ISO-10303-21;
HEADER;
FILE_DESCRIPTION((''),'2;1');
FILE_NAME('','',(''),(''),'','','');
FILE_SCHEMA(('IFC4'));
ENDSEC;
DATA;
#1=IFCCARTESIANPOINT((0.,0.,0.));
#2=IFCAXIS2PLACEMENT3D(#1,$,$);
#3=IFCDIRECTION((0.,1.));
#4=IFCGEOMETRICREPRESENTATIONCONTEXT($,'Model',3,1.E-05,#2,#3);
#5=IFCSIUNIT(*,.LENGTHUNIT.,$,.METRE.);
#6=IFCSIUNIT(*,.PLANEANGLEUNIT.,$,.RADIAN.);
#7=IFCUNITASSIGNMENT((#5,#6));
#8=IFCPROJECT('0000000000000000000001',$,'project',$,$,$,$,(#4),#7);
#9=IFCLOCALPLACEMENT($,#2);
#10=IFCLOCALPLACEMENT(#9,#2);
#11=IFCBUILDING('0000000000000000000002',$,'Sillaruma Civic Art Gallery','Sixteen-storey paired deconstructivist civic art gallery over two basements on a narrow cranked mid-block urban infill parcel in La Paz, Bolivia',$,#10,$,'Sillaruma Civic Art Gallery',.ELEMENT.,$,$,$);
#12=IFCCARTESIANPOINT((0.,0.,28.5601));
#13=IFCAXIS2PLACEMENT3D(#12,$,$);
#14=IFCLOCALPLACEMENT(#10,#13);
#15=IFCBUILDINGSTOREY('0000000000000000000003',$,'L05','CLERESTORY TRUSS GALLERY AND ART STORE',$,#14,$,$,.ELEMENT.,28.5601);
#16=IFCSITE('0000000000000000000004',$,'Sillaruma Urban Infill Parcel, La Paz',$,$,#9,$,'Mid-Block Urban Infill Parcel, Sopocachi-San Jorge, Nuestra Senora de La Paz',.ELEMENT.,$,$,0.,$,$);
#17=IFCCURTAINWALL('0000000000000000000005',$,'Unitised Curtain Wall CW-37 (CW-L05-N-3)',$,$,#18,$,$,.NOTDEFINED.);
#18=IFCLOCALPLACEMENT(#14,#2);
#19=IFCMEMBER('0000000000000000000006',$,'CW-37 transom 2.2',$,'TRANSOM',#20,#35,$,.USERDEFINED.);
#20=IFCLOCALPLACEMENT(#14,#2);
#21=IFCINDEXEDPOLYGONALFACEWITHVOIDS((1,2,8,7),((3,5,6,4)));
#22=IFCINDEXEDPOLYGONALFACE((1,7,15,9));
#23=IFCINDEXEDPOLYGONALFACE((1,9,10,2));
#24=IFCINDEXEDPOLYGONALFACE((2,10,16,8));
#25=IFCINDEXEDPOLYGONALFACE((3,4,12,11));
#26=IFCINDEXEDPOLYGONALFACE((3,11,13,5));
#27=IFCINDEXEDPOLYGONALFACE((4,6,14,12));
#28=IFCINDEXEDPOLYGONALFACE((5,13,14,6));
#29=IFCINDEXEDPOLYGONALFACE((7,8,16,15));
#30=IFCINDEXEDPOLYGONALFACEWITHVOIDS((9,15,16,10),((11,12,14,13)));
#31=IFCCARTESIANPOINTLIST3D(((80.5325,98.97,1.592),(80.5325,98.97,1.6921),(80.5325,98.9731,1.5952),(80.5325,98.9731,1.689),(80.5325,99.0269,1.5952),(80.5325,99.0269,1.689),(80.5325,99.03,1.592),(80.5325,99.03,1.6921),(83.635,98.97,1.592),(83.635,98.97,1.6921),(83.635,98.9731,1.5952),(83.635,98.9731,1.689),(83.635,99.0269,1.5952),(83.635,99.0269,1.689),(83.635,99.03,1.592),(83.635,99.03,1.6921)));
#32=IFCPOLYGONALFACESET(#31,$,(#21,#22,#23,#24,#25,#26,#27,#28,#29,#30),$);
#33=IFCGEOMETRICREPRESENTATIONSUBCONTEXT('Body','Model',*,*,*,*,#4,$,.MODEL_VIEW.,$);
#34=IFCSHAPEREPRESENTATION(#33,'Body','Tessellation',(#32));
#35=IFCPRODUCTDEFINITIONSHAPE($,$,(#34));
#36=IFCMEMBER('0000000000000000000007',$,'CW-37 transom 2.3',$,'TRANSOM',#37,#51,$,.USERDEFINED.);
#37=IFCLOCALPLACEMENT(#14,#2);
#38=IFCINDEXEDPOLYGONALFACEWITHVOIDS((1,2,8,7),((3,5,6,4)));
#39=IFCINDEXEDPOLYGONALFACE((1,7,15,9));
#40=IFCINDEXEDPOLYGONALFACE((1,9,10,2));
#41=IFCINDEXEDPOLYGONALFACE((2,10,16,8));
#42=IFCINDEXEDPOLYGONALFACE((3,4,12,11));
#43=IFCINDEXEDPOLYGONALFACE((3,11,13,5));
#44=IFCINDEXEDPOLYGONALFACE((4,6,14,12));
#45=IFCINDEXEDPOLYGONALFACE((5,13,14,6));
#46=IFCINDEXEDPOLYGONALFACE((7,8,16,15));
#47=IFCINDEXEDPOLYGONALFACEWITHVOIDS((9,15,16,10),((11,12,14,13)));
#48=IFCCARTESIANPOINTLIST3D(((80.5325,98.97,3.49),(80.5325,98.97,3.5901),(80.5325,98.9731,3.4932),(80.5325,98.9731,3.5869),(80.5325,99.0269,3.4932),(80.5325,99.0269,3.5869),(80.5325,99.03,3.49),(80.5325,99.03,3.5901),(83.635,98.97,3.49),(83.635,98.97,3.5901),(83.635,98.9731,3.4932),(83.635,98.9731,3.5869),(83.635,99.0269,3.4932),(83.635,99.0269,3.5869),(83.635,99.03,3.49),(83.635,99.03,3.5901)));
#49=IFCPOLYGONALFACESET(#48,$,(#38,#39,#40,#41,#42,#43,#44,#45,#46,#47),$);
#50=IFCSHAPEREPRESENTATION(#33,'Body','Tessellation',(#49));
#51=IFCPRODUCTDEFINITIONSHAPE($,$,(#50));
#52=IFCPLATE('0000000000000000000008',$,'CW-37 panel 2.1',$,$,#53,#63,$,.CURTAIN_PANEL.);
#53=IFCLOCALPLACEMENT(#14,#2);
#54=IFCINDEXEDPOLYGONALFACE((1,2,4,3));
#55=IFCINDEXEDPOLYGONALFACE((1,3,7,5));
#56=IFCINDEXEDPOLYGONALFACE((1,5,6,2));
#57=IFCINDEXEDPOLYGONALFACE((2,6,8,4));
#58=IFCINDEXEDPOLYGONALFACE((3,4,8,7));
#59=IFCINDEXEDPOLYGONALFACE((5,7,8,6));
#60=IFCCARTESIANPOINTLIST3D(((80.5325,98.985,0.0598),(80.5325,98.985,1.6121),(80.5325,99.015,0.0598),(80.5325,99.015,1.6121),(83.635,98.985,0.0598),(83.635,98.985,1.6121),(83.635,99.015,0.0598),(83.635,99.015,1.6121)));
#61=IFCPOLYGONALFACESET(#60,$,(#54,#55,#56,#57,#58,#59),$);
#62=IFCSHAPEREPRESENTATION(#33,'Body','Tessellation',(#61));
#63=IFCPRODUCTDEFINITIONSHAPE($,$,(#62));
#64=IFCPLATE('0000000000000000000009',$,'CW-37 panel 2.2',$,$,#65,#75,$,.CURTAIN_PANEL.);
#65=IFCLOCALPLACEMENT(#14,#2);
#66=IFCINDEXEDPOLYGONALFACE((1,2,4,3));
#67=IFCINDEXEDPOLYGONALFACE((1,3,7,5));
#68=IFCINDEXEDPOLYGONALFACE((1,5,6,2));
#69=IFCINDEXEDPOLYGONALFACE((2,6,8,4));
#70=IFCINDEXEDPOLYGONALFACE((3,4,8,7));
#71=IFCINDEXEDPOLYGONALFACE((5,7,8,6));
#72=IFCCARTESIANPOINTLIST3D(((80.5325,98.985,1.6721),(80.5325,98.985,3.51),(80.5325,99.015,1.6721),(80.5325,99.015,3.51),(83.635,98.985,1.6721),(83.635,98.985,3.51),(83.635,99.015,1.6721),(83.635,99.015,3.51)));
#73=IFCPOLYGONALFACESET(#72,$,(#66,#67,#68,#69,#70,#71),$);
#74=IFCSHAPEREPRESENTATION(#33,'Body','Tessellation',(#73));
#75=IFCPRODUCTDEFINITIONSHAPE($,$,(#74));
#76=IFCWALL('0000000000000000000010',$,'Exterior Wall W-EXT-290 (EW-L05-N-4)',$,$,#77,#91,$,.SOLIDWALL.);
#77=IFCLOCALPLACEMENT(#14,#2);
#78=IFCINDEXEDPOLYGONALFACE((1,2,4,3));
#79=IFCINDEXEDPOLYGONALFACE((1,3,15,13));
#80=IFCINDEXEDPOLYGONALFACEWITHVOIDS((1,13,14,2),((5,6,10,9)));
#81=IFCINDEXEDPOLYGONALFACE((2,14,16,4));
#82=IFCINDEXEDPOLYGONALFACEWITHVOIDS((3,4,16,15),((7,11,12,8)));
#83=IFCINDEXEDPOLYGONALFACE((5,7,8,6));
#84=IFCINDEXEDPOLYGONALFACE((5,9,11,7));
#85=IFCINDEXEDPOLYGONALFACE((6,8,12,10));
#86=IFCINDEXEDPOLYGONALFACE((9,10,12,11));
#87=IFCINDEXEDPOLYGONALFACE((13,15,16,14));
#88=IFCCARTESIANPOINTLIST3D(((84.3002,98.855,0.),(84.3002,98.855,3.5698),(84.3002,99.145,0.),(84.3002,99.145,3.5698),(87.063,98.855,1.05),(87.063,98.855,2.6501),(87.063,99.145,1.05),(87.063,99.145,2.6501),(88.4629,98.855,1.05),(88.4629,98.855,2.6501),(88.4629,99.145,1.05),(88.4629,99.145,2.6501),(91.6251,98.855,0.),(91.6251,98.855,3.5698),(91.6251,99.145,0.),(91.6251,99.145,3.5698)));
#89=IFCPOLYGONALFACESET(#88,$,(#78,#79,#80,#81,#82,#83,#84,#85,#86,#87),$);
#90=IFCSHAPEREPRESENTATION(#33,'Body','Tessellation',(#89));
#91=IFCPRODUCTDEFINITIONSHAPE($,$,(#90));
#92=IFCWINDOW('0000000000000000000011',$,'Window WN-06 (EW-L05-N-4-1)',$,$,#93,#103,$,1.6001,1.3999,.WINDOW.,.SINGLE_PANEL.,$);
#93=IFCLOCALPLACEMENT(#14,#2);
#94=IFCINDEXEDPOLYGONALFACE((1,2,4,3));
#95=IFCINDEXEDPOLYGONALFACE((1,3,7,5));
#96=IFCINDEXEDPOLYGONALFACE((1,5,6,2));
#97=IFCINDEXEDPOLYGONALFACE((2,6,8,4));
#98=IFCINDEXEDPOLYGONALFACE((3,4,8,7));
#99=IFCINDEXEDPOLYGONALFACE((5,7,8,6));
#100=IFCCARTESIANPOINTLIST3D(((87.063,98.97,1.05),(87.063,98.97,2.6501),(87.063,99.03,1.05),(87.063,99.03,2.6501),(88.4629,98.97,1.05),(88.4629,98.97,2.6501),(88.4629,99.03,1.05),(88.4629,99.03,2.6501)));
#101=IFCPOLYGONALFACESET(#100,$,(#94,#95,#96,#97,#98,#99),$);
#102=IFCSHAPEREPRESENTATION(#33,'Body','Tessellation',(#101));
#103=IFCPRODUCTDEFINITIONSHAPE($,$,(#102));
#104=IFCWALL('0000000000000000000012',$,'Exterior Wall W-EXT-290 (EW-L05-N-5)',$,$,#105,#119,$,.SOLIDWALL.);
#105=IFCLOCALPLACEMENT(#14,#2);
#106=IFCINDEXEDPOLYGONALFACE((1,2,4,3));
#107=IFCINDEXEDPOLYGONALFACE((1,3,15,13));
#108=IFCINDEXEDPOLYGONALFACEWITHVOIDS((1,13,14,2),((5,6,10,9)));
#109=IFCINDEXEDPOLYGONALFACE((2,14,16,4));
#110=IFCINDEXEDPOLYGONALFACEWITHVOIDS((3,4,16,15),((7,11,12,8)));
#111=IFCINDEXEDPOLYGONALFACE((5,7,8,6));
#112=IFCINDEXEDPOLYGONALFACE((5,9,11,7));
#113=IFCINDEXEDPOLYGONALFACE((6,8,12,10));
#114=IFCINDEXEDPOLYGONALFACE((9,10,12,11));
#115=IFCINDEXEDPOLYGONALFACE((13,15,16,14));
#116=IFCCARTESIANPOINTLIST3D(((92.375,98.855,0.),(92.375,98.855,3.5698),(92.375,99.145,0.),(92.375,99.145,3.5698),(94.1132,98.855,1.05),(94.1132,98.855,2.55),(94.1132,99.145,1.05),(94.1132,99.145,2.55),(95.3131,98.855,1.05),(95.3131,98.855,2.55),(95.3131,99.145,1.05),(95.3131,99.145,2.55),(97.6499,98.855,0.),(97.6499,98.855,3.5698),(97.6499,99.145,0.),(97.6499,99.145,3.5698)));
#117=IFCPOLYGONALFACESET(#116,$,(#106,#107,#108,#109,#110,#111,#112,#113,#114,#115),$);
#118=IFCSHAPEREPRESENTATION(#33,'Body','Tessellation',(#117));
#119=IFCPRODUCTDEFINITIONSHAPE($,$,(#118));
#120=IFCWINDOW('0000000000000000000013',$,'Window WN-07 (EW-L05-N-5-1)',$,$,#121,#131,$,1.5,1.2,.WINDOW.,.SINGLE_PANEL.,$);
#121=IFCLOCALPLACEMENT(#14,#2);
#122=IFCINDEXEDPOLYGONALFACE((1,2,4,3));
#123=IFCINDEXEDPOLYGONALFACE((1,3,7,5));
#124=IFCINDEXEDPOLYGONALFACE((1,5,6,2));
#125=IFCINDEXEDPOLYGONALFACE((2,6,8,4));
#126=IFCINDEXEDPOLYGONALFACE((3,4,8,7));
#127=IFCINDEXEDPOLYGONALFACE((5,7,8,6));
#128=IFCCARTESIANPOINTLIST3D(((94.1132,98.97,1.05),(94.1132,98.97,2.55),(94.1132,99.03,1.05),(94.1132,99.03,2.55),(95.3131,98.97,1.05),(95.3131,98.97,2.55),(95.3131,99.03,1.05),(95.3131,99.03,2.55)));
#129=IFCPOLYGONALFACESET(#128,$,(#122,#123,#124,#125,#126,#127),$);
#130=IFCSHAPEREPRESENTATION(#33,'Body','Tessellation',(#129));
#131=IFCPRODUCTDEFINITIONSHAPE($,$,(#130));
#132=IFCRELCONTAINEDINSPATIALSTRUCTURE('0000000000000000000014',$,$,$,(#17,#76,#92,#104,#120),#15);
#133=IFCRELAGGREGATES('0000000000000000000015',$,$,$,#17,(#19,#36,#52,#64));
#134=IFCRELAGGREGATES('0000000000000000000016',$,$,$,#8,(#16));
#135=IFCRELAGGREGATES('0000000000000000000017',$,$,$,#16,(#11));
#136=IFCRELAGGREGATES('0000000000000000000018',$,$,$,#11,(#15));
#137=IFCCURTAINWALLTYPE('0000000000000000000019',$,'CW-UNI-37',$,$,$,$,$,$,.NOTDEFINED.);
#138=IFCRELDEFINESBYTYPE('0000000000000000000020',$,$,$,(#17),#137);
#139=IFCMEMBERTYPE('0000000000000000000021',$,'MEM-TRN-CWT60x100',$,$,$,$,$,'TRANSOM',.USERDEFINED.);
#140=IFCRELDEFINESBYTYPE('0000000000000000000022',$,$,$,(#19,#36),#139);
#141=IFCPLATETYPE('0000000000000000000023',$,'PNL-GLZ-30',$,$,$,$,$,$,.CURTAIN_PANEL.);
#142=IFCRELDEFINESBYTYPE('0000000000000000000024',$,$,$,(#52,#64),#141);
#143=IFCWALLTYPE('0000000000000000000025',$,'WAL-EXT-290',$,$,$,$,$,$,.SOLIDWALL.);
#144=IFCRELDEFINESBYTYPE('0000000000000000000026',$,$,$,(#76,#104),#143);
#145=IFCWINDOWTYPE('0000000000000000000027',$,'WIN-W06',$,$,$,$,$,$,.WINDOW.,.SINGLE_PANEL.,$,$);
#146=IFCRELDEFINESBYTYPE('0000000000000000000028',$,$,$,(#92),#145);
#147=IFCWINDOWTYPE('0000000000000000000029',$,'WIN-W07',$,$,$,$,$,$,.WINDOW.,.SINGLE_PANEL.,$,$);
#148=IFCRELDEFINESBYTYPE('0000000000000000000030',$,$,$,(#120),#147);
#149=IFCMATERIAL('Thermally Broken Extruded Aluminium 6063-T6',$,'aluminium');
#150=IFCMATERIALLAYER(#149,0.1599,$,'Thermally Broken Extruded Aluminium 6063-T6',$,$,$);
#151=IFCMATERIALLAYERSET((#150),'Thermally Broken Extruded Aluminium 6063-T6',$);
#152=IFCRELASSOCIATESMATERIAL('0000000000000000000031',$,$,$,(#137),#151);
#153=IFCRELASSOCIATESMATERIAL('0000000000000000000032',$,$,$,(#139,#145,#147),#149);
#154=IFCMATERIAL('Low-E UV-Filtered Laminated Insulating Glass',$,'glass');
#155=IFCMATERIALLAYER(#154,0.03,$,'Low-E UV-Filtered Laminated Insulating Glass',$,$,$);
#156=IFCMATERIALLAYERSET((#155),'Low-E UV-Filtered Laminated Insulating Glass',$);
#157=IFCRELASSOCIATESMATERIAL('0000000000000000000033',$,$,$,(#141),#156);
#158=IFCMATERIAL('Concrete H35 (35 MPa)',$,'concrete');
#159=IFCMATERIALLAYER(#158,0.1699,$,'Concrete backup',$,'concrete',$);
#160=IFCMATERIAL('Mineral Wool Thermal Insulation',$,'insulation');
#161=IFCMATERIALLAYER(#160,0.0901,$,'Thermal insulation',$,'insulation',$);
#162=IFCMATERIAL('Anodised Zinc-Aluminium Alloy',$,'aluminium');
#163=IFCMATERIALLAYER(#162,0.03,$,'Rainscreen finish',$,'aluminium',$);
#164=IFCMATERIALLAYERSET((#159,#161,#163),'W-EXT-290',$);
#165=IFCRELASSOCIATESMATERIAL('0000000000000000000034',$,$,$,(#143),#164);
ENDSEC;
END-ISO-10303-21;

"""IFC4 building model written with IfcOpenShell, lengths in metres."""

from ifc_helpers import new_model, si_unit, direction, frame, frame_2d, origin, origin_2d, place, context, subcontext, project, spatial, rectangle, hollow_rectangle, extrude, material, layer, layer_set, material_profile, profile_set, type_object, element, fill, aggregate, save


model = new_model("IFC4")

# Units and contexts
model_context = context("Model", 3, precision=1e-05, world=origin(), true_north=direction((0.0, 1.0)))
body_context = subcontext(model_context, "Body", "Model", "MODEL_VIEW")
ifc_project = project(units=[si_unit("LENGTHUNIT", "METRE"), si_unit("PLANEANGLEUNIT", "RADIAN")], contexts=[model_context])

# Site, building, storey
site_placement = place(None, origin())
site = spatial("IfcSite", under=ifc_project, at=site_placement, Name="Sillaruma Urban Infill Parcel, La Paz", LongName="Mid-Block Urban Infill Parcel, Sopocachi-San Jorge, Nuestra Senora de La Paz", CompositionType="ELEMENT", RefElevation=0.0)
building_placement = place(site_placement, origin())
building = spatial("IfcBuilding", under=site, at=building_placement, Name="Sillaruma Civic Art Gallery", Description="Sixteen-storey paired deconstructivist civic art gallery over two basements on a narrow cranked mid-block urban infill parcel in La Paz, Bolivia", LongName="Sillaruma Civic Art Gallery", CompositionType="ELEMENT")
storey_placement = place(building_placement, frame((0.0, 0.0, 28.5601)))
storey = spatial("IfcBuildingStorey", under=building, at=storey_placement, Name="L05", Description="CLERESTORY TRUSS GALLERY AND ART STORE", CompositionType="ELEMENT", Elevation=28.5601)

# Shared definitions
ifc_material_1 = material(Name="Concrete H35 (35 MPa)", Category="concrete")

# Curtain wall
ifc_material_2 = material(Name="Thermally Broken Extruded Aluminium 6063-T6", Category="aluminium")
ifc_layer_1 = layer(ifc_material_2, 0.1599, Name="Thermally Broken Extruded Aluminium 6063-T6")
ifc_layer_set_1 = layer_set([ifc_layer_1], Name="Thermally Broken Extruded Aluminium 6063-T6")
curtain_wall_type_1 = type_object("IfcCurtainWallType", Name="CW-UNI-37", PredefinedType="NOTDEFINED", material=ifc_layer_set_1)
curtain_wall_1_placement = place(storey_placement, origin())
curtain_wall_1 = element("IfcCurtainWall", 1, at=curtain_wall_1_placement, inside=storey, type_object=curtain_wall_type_1, Name="Unitised Curtain Wall CW-37 (CW-L05-N-3)", PredefinedType="NOTDEFINED")

# Members
ifc_material_profile_1 = material_profile(ifc_material_2, hollow_rectangle(XDim=0.0601, YDim=0.1001, WallThickness=0.0032, at=origin_2d()), Name="CWT60x100")
ifc_profile_set_1 = profile_set([ifc_material_profile_1], Name="Thermally Broken Extruded Aluminium 6063-T6")
member_type_1 = type_object("IfcMemberType", Name="MEM-TRN-CWT60x100", ElementType="TRANSOM", PredefinedType="USERDEFINED", material=ifc_profile_set_1)
member_1_placement = place(storey_placement, frame((80.5325, 99.0, 1.6421), z_axis=(1.0, 0.0, 0.0), x_axis=(0.0, 1.0, 0.0)))
member_1 = element("IfcMember", 2, at=member_1_placement, type_object=member_type_1, Name="CW-37 transom 2.2", ObjectType="TRANSOM", PredefinedType="USERDEFINED", context=body_context, shape_type="SweptSolid", body=[
    extrude(hollow_rectangle(XDim=0.0601, YDim=0.1001, WallThickness=0.0032, at=origin_2d()), origin(), (0.0, 0.0, 1.0), 3.1025),
])
member_2_placement = place(storey_placement, frame((80.5325, 99.0, 3.54), z_axis=(1.0, 0.0, 0.0), x_axis=(0.0, 1.0, 0.0)))
member_2 = element("IfcMember", 3, at=member_2_placement, type_object=member_type_1, Name="CW-37 transom 2.3", ObjectType="TRANSOM", PredefinedType="USERDEFINED", context=body_context, shape_type="SweptSolid", body=[
    extrude(hollow_rectangle(XDim=0.0601, YDim=0.1001, WallThickness=0.0032, at=origin_2d()), origin(), (0.0, 0.0, 1.0), 3.1025),
])

# Plates
ifc_material_3 = material(Name="Low-E UV-Filtered Laminated Insulating Glass", Category="glass")
ifc_layer_2 = layer(ifc_material_3, 0.03, Name="Low-E UV-Filtered Laminated Insulating Glass")
ifc_layer_set_2 = layer_set([ifc_layer_2], Name="Low-E UV-Filtered Laminated Insulating Glass")
plate_type = type_object("IfcPlateType", Name="PNL-GLZ-30", PredefinedType="CURTAIN_PANEL", material=ifc_layer_set_2)
plate_1_placement = place(storey_placement, frame((82.0837, 99.0, 0.0598), z_axis=(0.0, 0.0, 1.0), x_axis=(1.0, 0.0, 0.0)))
plate_1 = element("IfcPlate", 4, at=plate_1_placement, type_object=plate_type, Name="CW-37 panel 2.1", PredefinedType="CURTAIN_PANEL", context=body_context, shape_type="SweptSolid", body=[
    extrude(rectangle(XDim=3.1025, YDim=0.03, at=origin_2d()), origin(), (0.0, 0.0, 1.0), 1.5522),
])
plate_2_placement = place(storey_placement, frame((82.0837, 99.0, 1.6721), z_axis=(0.0, 0.0, 1.0), x_axis=(1.0, 0.0, 0.0)))
plate_2 = element("IfcPlate", 5, at=plate_2_placement, type_object=plate_type, Name="CW-37 panel 2.2", PredefinedType="CURTAIN_PANEL", context=body_context, shape_type="SweptSolid", body=[
    extrude(rectangle(XDim=3.1025, YDim=0.03, at=origin_2d()), origin(), (0.0, 0.0, 1.0), 1.8379),
])
aggregate(curtain_wall_1, [member_1, member_2, plate_1, plate_2])

# Walls, openings, windows
ifc_layer_3 = layer(ifc_material_1, 0.1699, Name="Concrete backup", Category="concrete")
ifc_material_4 = material(Name="Mineral Wool Thermal Insulation", Category="insulation")
ifc_layer_4 = layer(ifc_material_4, 0.0901, Name="Thermal insulation", Category="insulation")
ifc_material_5 = material(Name="Anodised Zinc-Aluminium Alloy", Category="aluminium")
ifc_layer_5 = layer(ifc_material_5, 0.03, Name="Rainscreen finish", Category="aluminium")
ifc_layer_set_3 = layer_set([ifc_layer_3, ifc_layer_4, ifc_layer_5], Name="W-EXT-290")
wall_type = type_object("IfcWallType", Name="WAL-EXT-290", PredefinedType="SOLIDWALL", material=ifc_layer_set_3)
wall_1_placement = place(storey_placement, frame((84.3, 99.0, 0.0), z_axis=(0.0, 0.0, 1.0), x_axis=(1.0, 0.0, 0.0)))
wall_1 = element("IfcWall", 6, at=wall_1_placement, inside=storey, type_object=wall_type, Name="Exterior Wall W-EXT-290 (EW-L05-N-4)", PredefinedType="SOLIDWALL", context=body_context, shape_type="SweptSolid", body=[
    extrude(rectangle(XDim=7.325, YDim=0.29, at=frame_2d((3.6626, 0.0))), origin(), (0.0, 0.0, 1.0), 3.5698),
])
opening_1_placement = place(wall_1_placement, frame((2.7629, 0.0, 1.05)))
opening_1 = element("IfcOpeningElement", 7, at=opening_1_placement, cuts=wall_1, PredefinedType="OPENING", context=body_context, shape_type="SweptSolid", body=[
    extrude(rectangle(XDim=1.3999, YDim=1.6001, at=frame_2d((0.7, 0.8))), frame((0.0, 0.155, 0.0), z_axis=(0.0, -1.0, 0.0), x_axis=(1.0, 0.0, 0.0)), (0.0, 0.0, 1.0), 0.3101),
])
window_type_1 = type_object("IfcWindowType", Name="WIN-W06", PartitioningType="SINGLE_PANEL", PredefinedType="WINDOW", material=ifc_material_2)
window_1_placement = place(opening_1_placement, origin())
window_1 = element("IfcWindow", 8, at=window_1_placement, inside=storey, type_object=window_type_1, Name="Window WN-06 (EW-L05-N-4-1)", OverallHeight=1.6001, OverallWidth=1.3999, PartitioningType="SINGLE_PANEL", PredefinedType="WINDOW", context=body_context, shape_type="SweptSolid", body=[
    extrude(rectangle(XDim=1.3999, YDim=1.6001, at=frame_2d((0.7, 0.8))), frame((0.0, 0.03, 0.0), z_axis=(0.0, -1.0, 0.0), x_axis=(1.0, 0.0, 0.0)), (0.0, 0.0, 1.0), 0.0601),
])
fill(opening_1, window_1)
wall_2_placement = place(storey_placement, frame((92.375, 99.0, 0.0), z_axis=(0.0, 0.0, 1.0), x_axis=(1.0, 0.0, 0.0)))
wall_2 = element("IfcWall", 9, at=wall_2_placement, inside=storey, type_object=wall_type, Name="Exterior Wall W-EXT-290 (EW-L05-N-5)", PredefinedType="SOLIDWALL", context=body_context, shape_type="SweptSolid", body=[
    extrude(rectangle(XDim=5.2749, YDim=0.29, at=frame_2d((2.6375, 0.0))), origin(), (0.0, 0.0, 1.0), 3.5698),
])
opening_2_placement = place(wall_2_placement, frame((1.738, 0.0, 1.05)))
opening_2 = element("IfcOpeningElement", 10, at=opening_2_placement, cuts=wall_2, PredefinedType="OPENING", context=body_context, shape_type="SweptSolid", body=[
    extrude(rectangle(XDim=1.2, YDim=1.5, at=frame_2d((0.6001, 0.75))), frame((0.0, 0.155, 0.0), z_axis=(0.0, -1.0, 0.0), x_axis=(1.0, 0.0, 0.0)), (0.0, 0.0, 1.0), 0.3101),
])
window_type_2 = type_object("IfcWindowType", Name="WIN-W07", PartitioningType="SINGLE_PANEL", PredefinedType="WINDOW", material=ifc_material_2)
window_2_placement = place(opening_2_placement, origin())
window_2 = element("IfcWindow", 11, at=window_2_placement, inside=storey, type_object=window_type_2, Name="Window WN-07 (EW-L05-N-5-1)", OverallHeight=1.5, OverallWidth=1.2, PartitioningType="SINGLE_PANEL", PredefinedType="WINDOW", context=body_context, shape_type="SweptSolid", body=[
    extrude(rectangle(XDim=1.2, YDim=1.5, at=frame_2d((0.6001, 0.75))), frame((0.0, 0.03, 0.0), z_axis=(0.0, -1.0, 0.0), x_axis=(1.0, 0.0, 0.0)), (0.0, 0.0, 1.0), 0.0601),
])
fill(opening_2, window_2)

save(model, "model.ifc")
